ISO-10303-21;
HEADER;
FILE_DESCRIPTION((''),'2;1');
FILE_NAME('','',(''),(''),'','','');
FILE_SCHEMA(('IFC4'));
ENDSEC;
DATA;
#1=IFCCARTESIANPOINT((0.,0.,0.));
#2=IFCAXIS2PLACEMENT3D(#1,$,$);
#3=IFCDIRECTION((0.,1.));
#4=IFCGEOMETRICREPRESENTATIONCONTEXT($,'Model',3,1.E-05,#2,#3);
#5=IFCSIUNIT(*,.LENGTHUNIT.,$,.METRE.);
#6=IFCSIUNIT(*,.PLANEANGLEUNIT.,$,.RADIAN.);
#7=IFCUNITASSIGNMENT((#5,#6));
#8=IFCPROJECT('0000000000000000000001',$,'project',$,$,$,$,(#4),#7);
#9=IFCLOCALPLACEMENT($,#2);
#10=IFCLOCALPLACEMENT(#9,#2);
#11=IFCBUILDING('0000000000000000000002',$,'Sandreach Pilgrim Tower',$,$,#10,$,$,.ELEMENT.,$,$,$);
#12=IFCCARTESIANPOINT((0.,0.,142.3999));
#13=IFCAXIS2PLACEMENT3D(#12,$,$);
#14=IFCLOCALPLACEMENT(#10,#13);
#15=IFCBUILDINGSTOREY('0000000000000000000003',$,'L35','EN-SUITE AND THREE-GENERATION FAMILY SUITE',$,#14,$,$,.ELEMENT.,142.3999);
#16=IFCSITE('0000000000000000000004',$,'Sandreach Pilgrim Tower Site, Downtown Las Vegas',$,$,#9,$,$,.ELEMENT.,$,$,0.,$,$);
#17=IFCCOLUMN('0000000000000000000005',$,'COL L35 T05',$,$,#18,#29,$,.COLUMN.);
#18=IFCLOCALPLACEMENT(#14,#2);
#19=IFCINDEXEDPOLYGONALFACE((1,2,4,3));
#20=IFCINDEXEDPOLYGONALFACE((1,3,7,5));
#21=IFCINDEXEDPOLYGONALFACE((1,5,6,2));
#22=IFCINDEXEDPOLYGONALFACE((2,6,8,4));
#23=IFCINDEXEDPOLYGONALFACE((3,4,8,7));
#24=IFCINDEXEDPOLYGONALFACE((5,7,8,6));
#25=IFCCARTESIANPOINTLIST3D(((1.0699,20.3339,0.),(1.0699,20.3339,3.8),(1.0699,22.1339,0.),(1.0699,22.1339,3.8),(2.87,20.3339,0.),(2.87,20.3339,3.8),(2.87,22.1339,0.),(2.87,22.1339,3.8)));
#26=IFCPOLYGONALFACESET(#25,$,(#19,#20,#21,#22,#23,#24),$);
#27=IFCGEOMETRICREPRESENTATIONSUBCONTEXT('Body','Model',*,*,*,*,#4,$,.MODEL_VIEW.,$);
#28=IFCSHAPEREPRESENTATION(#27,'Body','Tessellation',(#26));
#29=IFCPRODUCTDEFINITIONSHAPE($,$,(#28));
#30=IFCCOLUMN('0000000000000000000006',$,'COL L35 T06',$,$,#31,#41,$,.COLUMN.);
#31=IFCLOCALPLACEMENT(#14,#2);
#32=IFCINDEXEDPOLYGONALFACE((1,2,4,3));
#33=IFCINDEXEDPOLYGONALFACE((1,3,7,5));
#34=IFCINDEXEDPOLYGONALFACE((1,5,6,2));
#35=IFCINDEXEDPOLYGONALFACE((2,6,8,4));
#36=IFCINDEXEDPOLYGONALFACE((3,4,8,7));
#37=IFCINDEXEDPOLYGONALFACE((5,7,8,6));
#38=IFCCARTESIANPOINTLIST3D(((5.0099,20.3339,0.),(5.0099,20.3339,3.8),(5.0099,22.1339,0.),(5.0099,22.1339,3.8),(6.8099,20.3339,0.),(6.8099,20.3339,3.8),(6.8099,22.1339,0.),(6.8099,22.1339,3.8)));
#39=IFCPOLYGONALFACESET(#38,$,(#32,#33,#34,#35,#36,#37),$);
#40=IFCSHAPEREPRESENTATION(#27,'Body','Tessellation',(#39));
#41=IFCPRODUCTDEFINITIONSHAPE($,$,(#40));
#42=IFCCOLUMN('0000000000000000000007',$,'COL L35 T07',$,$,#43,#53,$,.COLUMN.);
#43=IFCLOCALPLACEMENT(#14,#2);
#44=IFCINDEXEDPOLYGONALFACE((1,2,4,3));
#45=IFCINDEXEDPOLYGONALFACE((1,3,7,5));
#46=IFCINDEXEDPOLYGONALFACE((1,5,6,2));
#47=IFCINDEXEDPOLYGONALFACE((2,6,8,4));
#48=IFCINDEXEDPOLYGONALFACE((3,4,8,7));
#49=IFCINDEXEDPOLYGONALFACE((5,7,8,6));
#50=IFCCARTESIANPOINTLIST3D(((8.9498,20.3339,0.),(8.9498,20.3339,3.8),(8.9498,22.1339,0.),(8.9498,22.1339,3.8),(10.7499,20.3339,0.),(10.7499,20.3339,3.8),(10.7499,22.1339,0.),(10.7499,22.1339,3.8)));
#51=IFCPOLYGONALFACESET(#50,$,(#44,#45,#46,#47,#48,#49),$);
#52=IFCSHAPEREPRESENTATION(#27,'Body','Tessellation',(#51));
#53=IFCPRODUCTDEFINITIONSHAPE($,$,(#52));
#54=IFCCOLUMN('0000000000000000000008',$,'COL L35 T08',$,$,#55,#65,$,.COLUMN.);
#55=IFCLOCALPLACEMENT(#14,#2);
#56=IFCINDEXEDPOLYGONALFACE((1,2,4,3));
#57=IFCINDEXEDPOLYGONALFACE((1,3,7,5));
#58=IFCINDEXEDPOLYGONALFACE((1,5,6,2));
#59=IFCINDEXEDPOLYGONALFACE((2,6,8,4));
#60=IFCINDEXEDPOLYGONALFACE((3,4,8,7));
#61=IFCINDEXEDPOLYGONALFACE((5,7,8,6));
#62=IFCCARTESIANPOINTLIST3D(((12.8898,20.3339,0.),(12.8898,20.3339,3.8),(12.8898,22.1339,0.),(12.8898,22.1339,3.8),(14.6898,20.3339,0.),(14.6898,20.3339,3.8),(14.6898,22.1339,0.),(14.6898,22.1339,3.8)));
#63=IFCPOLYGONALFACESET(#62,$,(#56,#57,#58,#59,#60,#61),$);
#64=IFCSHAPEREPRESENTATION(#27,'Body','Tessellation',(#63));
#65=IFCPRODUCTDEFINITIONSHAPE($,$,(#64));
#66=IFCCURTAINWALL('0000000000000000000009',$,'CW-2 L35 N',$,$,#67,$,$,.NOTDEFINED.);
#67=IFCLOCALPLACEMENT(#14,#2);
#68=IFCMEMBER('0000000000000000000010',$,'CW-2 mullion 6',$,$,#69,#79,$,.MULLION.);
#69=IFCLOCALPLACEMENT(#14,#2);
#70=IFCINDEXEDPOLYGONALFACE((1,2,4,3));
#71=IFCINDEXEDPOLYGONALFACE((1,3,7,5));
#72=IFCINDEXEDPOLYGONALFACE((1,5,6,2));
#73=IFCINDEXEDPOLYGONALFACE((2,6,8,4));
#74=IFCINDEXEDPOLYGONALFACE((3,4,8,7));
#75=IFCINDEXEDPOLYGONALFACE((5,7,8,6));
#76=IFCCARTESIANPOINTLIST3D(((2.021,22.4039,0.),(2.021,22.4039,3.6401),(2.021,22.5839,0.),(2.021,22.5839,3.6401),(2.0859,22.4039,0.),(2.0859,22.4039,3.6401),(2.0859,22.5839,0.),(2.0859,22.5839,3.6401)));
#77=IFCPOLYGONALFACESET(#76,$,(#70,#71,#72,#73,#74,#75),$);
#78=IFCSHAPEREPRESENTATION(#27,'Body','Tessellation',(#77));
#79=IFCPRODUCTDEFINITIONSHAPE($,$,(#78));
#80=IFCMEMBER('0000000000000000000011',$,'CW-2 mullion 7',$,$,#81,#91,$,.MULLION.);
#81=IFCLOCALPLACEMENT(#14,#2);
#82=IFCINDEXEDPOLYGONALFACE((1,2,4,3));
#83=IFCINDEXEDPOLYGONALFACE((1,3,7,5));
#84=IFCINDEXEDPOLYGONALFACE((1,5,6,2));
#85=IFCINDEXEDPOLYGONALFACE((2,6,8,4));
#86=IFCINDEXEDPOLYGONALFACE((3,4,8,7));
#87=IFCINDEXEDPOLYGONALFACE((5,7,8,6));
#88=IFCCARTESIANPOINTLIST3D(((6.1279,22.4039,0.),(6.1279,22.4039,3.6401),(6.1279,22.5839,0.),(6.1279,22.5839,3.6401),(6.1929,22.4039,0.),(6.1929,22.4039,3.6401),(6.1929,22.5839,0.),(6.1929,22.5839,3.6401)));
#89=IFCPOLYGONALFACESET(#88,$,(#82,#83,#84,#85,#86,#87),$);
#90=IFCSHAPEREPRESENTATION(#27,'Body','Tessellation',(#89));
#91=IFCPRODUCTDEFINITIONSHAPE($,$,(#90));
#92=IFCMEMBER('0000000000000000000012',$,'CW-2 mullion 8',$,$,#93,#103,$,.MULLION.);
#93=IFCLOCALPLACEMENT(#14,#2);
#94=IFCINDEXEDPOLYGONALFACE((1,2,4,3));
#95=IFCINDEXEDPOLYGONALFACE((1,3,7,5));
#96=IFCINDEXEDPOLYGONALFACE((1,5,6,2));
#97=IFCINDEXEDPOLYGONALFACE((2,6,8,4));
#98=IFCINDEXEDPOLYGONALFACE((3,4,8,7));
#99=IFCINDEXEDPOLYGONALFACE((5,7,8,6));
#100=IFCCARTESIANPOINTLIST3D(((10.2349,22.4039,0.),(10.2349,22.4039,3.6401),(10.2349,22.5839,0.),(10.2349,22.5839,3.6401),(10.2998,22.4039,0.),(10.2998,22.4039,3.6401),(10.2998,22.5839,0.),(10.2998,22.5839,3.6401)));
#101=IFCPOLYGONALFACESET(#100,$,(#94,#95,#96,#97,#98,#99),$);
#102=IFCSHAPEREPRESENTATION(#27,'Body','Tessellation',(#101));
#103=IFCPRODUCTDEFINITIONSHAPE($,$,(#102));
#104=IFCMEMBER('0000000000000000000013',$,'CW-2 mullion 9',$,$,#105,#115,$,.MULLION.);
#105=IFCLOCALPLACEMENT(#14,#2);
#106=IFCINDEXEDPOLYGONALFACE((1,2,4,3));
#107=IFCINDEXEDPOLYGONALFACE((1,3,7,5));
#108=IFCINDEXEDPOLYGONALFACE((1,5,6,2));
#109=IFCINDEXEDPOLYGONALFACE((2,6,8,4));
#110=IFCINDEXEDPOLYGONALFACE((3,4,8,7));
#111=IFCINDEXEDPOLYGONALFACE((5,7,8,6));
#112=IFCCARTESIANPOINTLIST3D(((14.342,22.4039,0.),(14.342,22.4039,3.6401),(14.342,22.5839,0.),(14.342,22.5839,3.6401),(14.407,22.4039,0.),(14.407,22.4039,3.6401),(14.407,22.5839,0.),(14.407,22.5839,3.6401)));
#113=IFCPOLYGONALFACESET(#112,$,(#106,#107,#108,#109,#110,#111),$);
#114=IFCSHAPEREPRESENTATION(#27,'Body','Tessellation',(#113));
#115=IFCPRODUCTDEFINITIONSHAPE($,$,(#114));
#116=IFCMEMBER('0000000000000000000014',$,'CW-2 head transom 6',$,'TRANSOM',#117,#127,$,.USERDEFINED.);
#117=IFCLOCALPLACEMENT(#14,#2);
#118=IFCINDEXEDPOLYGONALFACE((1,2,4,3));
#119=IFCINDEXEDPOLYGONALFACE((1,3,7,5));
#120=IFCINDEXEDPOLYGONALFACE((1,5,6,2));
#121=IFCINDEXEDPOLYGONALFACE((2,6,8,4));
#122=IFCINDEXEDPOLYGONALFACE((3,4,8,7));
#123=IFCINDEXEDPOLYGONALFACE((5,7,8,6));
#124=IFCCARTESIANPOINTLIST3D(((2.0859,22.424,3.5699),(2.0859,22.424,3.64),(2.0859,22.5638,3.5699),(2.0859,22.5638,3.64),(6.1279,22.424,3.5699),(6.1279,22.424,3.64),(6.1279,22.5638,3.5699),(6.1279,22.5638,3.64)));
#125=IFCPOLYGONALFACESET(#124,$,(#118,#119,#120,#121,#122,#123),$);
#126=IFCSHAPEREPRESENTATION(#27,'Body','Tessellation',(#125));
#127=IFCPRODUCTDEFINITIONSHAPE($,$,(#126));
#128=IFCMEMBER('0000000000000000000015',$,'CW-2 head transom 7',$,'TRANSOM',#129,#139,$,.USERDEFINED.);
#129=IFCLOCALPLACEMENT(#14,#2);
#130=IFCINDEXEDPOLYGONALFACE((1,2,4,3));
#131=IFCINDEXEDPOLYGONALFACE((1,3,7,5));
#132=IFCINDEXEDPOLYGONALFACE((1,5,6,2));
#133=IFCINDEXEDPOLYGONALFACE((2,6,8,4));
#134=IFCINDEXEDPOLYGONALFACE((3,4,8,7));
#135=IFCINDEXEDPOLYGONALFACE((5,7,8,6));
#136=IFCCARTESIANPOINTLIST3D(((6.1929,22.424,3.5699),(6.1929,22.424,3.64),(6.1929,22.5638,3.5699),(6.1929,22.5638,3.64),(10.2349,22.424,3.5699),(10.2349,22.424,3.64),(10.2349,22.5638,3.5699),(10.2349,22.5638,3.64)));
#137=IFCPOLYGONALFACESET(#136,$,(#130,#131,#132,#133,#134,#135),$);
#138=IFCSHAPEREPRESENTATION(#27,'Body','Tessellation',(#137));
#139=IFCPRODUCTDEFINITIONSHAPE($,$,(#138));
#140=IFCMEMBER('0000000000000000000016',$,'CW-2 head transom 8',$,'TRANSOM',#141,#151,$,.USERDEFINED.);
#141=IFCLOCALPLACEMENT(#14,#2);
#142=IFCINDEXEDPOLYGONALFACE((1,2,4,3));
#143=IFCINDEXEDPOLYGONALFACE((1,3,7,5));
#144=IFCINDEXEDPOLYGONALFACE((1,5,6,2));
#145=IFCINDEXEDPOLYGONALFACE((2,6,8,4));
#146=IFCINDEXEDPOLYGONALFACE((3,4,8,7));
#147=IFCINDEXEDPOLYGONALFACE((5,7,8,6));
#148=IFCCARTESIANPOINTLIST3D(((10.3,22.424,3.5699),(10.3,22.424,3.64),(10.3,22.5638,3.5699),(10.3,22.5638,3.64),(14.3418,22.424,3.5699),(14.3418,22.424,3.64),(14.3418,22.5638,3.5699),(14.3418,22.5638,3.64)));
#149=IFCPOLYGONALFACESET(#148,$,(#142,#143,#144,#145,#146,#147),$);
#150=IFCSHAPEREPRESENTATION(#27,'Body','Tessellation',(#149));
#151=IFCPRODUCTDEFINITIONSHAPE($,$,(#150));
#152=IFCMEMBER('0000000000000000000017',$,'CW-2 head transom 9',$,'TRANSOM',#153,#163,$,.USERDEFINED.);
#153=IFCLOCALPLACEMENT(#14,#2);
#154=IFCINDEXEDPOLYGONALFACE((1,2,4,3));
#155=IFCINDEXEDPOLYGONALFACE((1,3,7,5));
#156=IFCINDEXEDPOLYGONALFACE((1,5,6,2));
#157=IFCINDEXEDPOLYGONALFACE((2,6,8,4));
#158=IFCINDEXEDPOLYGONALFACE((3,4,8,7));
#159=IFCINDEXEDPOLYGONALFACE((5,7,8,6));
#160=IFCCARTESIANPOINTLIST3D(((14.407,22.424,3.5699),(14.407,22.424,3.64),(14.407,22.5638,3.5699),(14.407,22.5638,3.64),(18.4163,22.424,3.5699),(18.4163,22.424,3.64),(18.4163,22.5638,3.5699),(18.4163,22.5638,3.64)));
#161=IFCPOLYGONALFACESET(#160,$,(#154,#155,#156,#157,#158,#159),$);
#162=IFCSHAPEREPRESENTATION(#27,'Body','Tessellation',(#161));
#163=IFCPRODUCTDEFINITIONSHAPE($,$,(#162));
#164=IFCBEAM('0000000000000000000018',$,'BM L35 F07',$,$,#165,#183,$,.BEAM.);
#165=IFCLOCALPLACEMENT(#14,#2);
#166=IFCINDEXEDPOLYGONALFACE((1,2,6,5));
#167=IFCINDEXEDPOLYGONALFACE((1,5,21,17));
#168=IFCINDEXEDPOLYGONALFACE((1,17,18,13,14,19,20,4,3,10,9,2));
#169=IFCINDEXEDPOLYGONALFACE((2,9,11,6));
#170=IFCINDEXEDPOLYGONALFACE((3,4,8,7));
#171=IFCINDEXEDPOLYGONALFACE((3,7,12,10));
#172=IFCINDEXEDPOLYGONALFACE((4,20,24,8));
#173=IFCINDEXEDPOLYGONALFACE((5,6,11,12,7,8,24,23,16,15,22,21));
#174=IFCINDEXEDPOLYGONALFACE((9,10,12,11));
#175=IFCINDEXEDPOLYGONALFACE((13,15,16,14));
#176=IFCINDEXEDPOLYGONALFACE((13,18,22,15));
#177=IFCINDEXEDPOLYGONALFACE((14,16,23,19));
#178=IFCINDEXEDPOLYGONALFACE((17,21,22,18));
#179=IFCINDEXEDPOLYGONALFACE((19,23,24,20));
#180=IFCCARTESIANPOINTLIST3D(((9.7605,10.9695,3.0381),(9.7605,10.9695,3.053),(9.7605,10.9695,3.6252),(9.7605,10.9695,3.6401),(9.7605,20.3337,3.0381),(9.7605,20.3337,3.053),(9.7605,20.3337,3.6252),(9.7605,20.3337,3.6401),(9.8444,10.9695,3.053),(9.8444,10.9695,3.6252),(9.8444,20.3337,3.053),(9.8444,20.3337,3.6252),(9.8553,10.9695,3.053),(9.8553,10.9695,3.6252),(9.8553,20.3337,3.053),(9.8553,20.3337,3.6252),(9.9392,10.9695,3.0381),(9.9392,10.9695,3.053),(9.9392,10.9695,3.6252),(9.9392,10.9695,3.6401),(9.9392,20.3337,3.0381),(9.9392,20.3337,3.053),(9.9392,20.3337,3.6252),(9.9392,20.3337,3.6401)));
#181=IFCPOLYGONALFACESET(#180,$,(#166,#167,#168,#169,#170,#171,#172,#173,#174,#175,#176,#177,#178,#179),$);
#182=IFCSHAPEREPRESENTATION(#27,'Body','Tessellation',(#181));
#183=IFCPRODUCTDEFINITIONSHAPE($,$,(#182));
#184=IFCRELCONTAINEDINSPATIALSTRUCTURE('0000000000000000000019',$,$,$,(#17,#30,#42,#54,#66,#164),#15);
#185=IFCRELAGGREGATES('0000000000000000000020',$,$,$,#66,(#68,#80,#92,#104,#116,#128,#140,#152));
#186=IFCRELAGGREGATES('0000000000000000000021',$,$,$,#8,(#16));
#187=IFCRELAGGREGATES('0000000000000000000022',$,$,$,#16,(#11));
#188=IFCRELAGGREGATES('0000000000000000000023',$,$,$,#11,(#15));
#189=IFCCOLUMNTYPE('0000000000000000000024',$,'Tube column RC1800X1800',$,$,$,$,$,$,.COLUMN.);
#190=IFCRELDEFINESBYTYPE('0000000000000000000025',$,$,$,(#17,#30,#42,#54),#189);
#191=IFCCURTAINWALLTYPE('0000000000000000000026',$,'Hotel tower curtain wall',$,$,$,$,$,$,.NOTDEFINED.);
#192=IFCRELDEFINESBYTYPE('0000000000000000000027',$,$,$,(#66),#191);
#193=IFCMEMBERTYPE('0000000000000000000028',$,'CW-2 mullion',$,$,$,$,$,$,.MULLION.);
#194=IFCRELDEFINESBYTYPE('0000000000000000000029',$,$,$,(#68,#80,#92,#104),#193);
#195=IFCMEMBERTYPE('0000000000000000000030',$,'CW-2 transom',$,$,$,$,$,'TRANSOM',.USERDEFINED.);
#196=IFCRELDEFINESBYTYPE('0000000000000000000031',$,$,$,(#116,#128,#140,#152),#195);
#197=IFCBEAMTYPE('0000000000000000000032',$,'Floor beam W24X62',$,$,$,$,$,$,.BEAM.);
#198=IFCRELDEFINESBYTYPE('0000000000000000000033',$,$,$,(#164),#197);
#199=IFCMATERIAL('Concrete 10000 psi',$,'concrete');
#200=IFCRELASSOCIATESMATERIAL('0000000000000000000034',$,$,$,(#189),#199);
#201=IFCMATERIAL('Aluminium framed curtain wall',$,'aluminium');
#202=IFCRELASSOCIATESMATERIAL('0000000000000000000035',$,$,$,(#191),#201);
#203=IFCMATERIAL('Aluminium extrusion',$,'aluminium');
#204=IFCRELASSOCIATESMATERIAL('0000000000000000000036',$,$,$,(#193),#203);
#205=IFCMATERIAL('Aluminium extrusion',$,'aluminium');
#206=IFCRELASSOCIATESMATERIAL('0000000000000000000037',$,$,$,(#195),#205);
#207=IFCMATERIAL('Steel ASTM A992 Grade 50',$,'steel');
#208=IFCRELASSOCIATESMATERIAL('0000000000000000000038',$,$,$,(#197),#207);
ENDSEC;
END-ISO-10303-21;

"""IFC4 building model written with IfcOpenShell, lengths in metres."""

from ifc_helpers import new_model, si_unit, direction, frame, origin, origin_2d, place, context, subcontext, project, spatial, rectangle, i_section, extrude, material, material_profile, profile_set, type_object, element, aggregate, save


model = new_model("IFC4")

# Units and contexts
model_context = context("Model", 3, precision=1e-05, world=origin(), true_north=direction((0.0, 1.0)))
body_context = subcontext(model_context, "Body", "Model", "MODEL_VIEW")
ifc_project = project(units=[si_unit("LENGTHUNIT", "METRE"), si_unit("PLANEANGLEUNIT", "RADIAN")], contexts=[model_context])

# Site, building, storey
site_placement = place(None, origin())
site = spatial("IfcSite", under=ifc_project, at=site_placement, Name="Sandreach Pilgrim Tower Site, Downtown Las Vegas", CompositionType="ELEMENT", RefElevation=0.0)
building_placement = place(site_placement, origin())
building = spatial("IfcBuilding", under=site, at=building_placement, Name="Sandreach Pilgrim Tower", CompositionType="ELEMENT")
storey_placement = place(building_placement, frame((0.0, 0.0, 142.3999)))
storey = spatial("IfcBuildingStorey", under=building, at=storey_placement, Name="L35", Description="EN-SUITE AND THREE-GENERATION FAMILY SUITE", CompositionType="ELEMENT", Elevation=142.3999)

# Columns
ifc_material_1 = material(Name="Concrete 10000 psi", Category="concrete")
ifc_material_profile_1 = material_profile(ifc_material_1, rectangle(XDim=1.8, YDim=1.8, at=origin_2d()), Name="RC1800X1800")
ifc_profile_set_1 = profile_set([ifc_material_profile_1], Name="Concrete 10000 psi")
column_type = type_object("IfcColumnType", Name="Tube column RC1800X1800", PredefinedType="COLUMN", material=ifc_profile_set_1)
for number, where, z_axis, x_axis, name in (
    (1, (1.97, 21.2339, 0.0), (0.0, 0.0, 1.0), (0.0, 1.0, 0.0), "COL L35 T05"),
    (2, (5.9099, 21.2339, 0.0), (0.0, 0.0, 1.0), (0.0, 1.0, 0.0), "COL L35 T06"),
    (3, (9.8499, 21.2339, 0.0), (0.0, 0.0, 1.0), (0.0, 1.0, 0.0), "COL L35 T07"),
    (4, (13.7898, 21.2339, 0.0), (0.0, 0.0, 1.0), (0.0, 1.0, 0.0), "COL L35 T08"),
):
    element("IfcColumn", number, at=place(storey_placement, frame(where, z_axis=z_axis, x_axis=x_axis)), inside=storey, type_object=column_type, Name=name, PredefinedType="COLUMN", context=body_context, shape_type="SweptSolid", body=[
        extrude(rectangle(XDim=1.8, YDim=1.8, at=origin_2d()), origin(), (0.0, 0.0, 1.0), 3.8),
    ])

# Curtain wall, members
ifc_material_2 = material(Name="Aluminium framed curtain wall", Category="aluminium")
curtain_wall_type = type_object("IfcCurtainWallType", Name="Hotel tower curtain wall", PredefinedType="NOTDEFINED", material=ifc_material_2)
curtain_wall_placement = place(storey_placement, origin())
curtain_wall = element("IfcCurtainWall", 5, at=curtain_wall_placement, inside=storey, type_object=curtain_wall_type, Name="CW-2 L35 N", PredefinedType="NOTDEFINED")
ifc_material_3 = material(Name="Aluminium extrusion", Category="aluminium")
ifc_material_profile_2 = material_profile(ifc_material_3, rectangle(XDim=0.0649, YDim=0.1799, at=origin_2d()), Name="CW-2M 65X180")
ifc_profile_set_2 = profile_set([ifc_material_profile_2], Name="Aluminium extrusion")
member_type_1 = type_object("IfcMemberType", Name="CW-2 mullion", PredefinedType="MULLION", material=ifc_profile_set_2)
member_1_placement = place(storey_placement, frame((2.0535, 22.4939, 0.0), z_axis=(0.0, 0.0, 1.0), x_axis=(1.0, 0.0, 0.0)))
member_1 = element("IfcMember", 6, at=member_1_placement, type_object=member_type_1, Name="CW-2 mullion 6", PredefinedType="MULLION", context=body_context, shape_type="SweptSolid", body=[
    extrude(rectangle(XDim=0.0649, YDim=0.1799, at=origin_2d()), origin(), (0.0, 0.0, 1.0), 3.6401),
])
member_2_placement = place(storey_placement, frame((6.1604, 22.4939, 0.0), z_axis=(0.0, 0.0, 1.0), x_axis=(1.0, 0.0, 0.0)))
member_2 = element("IfcMember", 7, at=member_2_placement, type_object=member_type_1, Name="CW-2 mullion 7", PredefinedType="MULLION", context=body_context, shape_type="SweptSolid", body=[
    extrude(rectangle(XDim=0.0649, YDim=0.1799, at=origin_2d()), origin(), (0.0, 0.0, 1.0), 3.6401),
])
member_3_placement = place(storey_placement, frame((10.2673, 22.4939, 0.0), z_axis=(0.0, 0.0, 1.0), x_axis=(1.0, 0.0, 0.0)))
member_3 = element("IfcMember", 8, at=member_3_placement, type_object=member_type_1, Name="CW-2 mullion 8", PredefinedType="MULLION", context=body_context, shape_type="SweptSolid", body=[
    extrude(rectangle(XDim=0.0649, YDim=0.1799, at=origin_2d()), origin(), (0.0, 0.0, 1.0), 3.6401),
])
member_4_placement = place(storey_placement, frame((14.3745, 22.4939, 0.0), z_axis=(0.0, 0.0, 1.0), x_axis=(1.0, 0.0, 0.0)))
member_4 = element("IfcMember", 9, at=member_4_placement, type_object=member_type_1, Name="CW-2 mullion 9", PredefinedType="MULLION", context=body_context, shape_type="SweptSolid", body=[
    extrude(rectangle(XDim=0.0649, YDim=0.1799, at=origin_2d()), origin(), (0.0, 0.0, 1.0), 3.6401),
])
ifc_material_4 = material(Name="Aluminium extrusion", Category="aluminium")
ifc_material_profile_3 = material_profile(ifc_material_4, rectangle(XDim=0.1399, YDim=0.0701, at=origin_2d()), Name="CW-2T 140X70")
ifc_profile_set_3 = profile_set([ifc_material_profile_3], Name="Aluminium extrusion")
member_type_2 = type_object("IfcMemberType", Name="CW-2 transom", ElementType="TRANSOM", PredefinedType="USERDEFINED", material=ifc_profile_set_3)
member_5_placement = place(storey_placement, frame((2.0859, 22.4939, 3.605), z_axis=(1.0, 0.0, 0.0), x_axis=(0.0, 1.0, 0.0)))
member_5 = element("IfcMember", 10, at=member_5_placement, type_object=member_type_2, Name="CW-2 head transom 6", ObjectType="TRANSOM", PredefinedType="USERDEFINED", context=body_context, shape_type="SweptSolid", body=[
    extrude(rectangle(XDim=0.1399, YDim=0.0701, at=origin_2d()), origin(), (0.0, 0.0, 1.0), 4.042),
])
member_6_placement = place(storey_placement, frame((6.1929, 22.4939, 3.605), z_axis=(1.0, 0.0, 0.0), x_axis=(0.0, 1.0, 0.0)))
member_6 = element("IfcMember", 11, at=member_6_placement, type_object=member_type_2, Name="CW-2 head transom 7", ObjectType="TRANSOM", PredefinedType="USERDEFINED", context=body_context, shape_type="SweptSolid", body=[
    extrude(rectangle(XDim=0.1399, YDim=0.0701, at=origin_2d()), origin(), (0.0, 0.0, 1.0), 4.042),
])
member_7_placement = place(storey_placement, frame((10.3, 22.4939, 3.605), z_axis=(1.0, 0.0, 0.0), x_axis=(0.0, 1.0, 0.0)))
member_7 = element("IfcMember", 12, at=member_7_placement, type_object=member_type_2, Name="CW-2 head transom 8", ObjectType="TRANSOM", PredefinedType="USERDEFINED", context=body_context, shape_type="SweptSolid", body=[
    extrude(rectangle(XDim=0.1399, YDim=0.0701, at=origin_2d()), origin(), (0.0, 0.0, 1.0), 4.0417),
])
member_8_placement = place(storey_placement, frame((14.407, 22.4939, 3.605), z_axis=(1.0, 0.0, 0.0), x_axis=(0.0, 1.0, 0.0)))
member_8 = element("IfcMember", 13, at=member_8_placement, type_object=member_type_2, Name="CW-2 head transom 9", ObjectType="TRANSOM", PredefinedType="USERDEFINED", context=body_context, shape_type="SweptSolid", body=[
    extrude(rectangle(XDim=0.1399, YDim=0.0701, at=origin_2d()), origin(), (0.0, 0.0, 1.0), 4.0093),
])

# Beam
ifc_material_5 = material(Name="Steel ASTM A992 Grade 50", Category="steel")
ifc_material_profile_4 = material_profile(ifc_material_5, i_section(OverallWidth=0.1787, OverallDepth=0.6021, WebThickness=0.011, FlangeThickness=0.0149, at=origin_2d()), Name="W24X62")
ifc_profile_set_4 = profile_set([ifc_material_profile_4], Name="Steel ASTM A992 Grade 50")
beam_type_1 = type_object("IfcBeamType", Name="Floor beam W24X62", PredefinedType="BEAM", material=ifc_profile_set_4)
beam_1_placement = place(storey_placement, frame((9.8499, 20.3337, 3.3391), z_axis=(0.0, -1.0, 0.0), x_axis=(1.0, 0.0, 0.0)))
element("IfcBeam", 14, at=beam_1_placement, inside=storey, type_object=beam_type_1, Name="BM L35 F07", PredefinedType="BEAM", context=body_context, shape_type="SweptSolid", body=[
    extrude(i_section(OverallWidth=0.1787, OverallDepth=0.6021, WebThickness=0.011, FlangeThickness=0.0149, at=origin_2d()), origin(), (0.0, 0.0, 1.0), 9.3643),
])

aggregate(curtain_wall, [member_1, member_2, member_3, member_4, member_5, member_6, member_7, member_8])

save(model, "model.ifc")
